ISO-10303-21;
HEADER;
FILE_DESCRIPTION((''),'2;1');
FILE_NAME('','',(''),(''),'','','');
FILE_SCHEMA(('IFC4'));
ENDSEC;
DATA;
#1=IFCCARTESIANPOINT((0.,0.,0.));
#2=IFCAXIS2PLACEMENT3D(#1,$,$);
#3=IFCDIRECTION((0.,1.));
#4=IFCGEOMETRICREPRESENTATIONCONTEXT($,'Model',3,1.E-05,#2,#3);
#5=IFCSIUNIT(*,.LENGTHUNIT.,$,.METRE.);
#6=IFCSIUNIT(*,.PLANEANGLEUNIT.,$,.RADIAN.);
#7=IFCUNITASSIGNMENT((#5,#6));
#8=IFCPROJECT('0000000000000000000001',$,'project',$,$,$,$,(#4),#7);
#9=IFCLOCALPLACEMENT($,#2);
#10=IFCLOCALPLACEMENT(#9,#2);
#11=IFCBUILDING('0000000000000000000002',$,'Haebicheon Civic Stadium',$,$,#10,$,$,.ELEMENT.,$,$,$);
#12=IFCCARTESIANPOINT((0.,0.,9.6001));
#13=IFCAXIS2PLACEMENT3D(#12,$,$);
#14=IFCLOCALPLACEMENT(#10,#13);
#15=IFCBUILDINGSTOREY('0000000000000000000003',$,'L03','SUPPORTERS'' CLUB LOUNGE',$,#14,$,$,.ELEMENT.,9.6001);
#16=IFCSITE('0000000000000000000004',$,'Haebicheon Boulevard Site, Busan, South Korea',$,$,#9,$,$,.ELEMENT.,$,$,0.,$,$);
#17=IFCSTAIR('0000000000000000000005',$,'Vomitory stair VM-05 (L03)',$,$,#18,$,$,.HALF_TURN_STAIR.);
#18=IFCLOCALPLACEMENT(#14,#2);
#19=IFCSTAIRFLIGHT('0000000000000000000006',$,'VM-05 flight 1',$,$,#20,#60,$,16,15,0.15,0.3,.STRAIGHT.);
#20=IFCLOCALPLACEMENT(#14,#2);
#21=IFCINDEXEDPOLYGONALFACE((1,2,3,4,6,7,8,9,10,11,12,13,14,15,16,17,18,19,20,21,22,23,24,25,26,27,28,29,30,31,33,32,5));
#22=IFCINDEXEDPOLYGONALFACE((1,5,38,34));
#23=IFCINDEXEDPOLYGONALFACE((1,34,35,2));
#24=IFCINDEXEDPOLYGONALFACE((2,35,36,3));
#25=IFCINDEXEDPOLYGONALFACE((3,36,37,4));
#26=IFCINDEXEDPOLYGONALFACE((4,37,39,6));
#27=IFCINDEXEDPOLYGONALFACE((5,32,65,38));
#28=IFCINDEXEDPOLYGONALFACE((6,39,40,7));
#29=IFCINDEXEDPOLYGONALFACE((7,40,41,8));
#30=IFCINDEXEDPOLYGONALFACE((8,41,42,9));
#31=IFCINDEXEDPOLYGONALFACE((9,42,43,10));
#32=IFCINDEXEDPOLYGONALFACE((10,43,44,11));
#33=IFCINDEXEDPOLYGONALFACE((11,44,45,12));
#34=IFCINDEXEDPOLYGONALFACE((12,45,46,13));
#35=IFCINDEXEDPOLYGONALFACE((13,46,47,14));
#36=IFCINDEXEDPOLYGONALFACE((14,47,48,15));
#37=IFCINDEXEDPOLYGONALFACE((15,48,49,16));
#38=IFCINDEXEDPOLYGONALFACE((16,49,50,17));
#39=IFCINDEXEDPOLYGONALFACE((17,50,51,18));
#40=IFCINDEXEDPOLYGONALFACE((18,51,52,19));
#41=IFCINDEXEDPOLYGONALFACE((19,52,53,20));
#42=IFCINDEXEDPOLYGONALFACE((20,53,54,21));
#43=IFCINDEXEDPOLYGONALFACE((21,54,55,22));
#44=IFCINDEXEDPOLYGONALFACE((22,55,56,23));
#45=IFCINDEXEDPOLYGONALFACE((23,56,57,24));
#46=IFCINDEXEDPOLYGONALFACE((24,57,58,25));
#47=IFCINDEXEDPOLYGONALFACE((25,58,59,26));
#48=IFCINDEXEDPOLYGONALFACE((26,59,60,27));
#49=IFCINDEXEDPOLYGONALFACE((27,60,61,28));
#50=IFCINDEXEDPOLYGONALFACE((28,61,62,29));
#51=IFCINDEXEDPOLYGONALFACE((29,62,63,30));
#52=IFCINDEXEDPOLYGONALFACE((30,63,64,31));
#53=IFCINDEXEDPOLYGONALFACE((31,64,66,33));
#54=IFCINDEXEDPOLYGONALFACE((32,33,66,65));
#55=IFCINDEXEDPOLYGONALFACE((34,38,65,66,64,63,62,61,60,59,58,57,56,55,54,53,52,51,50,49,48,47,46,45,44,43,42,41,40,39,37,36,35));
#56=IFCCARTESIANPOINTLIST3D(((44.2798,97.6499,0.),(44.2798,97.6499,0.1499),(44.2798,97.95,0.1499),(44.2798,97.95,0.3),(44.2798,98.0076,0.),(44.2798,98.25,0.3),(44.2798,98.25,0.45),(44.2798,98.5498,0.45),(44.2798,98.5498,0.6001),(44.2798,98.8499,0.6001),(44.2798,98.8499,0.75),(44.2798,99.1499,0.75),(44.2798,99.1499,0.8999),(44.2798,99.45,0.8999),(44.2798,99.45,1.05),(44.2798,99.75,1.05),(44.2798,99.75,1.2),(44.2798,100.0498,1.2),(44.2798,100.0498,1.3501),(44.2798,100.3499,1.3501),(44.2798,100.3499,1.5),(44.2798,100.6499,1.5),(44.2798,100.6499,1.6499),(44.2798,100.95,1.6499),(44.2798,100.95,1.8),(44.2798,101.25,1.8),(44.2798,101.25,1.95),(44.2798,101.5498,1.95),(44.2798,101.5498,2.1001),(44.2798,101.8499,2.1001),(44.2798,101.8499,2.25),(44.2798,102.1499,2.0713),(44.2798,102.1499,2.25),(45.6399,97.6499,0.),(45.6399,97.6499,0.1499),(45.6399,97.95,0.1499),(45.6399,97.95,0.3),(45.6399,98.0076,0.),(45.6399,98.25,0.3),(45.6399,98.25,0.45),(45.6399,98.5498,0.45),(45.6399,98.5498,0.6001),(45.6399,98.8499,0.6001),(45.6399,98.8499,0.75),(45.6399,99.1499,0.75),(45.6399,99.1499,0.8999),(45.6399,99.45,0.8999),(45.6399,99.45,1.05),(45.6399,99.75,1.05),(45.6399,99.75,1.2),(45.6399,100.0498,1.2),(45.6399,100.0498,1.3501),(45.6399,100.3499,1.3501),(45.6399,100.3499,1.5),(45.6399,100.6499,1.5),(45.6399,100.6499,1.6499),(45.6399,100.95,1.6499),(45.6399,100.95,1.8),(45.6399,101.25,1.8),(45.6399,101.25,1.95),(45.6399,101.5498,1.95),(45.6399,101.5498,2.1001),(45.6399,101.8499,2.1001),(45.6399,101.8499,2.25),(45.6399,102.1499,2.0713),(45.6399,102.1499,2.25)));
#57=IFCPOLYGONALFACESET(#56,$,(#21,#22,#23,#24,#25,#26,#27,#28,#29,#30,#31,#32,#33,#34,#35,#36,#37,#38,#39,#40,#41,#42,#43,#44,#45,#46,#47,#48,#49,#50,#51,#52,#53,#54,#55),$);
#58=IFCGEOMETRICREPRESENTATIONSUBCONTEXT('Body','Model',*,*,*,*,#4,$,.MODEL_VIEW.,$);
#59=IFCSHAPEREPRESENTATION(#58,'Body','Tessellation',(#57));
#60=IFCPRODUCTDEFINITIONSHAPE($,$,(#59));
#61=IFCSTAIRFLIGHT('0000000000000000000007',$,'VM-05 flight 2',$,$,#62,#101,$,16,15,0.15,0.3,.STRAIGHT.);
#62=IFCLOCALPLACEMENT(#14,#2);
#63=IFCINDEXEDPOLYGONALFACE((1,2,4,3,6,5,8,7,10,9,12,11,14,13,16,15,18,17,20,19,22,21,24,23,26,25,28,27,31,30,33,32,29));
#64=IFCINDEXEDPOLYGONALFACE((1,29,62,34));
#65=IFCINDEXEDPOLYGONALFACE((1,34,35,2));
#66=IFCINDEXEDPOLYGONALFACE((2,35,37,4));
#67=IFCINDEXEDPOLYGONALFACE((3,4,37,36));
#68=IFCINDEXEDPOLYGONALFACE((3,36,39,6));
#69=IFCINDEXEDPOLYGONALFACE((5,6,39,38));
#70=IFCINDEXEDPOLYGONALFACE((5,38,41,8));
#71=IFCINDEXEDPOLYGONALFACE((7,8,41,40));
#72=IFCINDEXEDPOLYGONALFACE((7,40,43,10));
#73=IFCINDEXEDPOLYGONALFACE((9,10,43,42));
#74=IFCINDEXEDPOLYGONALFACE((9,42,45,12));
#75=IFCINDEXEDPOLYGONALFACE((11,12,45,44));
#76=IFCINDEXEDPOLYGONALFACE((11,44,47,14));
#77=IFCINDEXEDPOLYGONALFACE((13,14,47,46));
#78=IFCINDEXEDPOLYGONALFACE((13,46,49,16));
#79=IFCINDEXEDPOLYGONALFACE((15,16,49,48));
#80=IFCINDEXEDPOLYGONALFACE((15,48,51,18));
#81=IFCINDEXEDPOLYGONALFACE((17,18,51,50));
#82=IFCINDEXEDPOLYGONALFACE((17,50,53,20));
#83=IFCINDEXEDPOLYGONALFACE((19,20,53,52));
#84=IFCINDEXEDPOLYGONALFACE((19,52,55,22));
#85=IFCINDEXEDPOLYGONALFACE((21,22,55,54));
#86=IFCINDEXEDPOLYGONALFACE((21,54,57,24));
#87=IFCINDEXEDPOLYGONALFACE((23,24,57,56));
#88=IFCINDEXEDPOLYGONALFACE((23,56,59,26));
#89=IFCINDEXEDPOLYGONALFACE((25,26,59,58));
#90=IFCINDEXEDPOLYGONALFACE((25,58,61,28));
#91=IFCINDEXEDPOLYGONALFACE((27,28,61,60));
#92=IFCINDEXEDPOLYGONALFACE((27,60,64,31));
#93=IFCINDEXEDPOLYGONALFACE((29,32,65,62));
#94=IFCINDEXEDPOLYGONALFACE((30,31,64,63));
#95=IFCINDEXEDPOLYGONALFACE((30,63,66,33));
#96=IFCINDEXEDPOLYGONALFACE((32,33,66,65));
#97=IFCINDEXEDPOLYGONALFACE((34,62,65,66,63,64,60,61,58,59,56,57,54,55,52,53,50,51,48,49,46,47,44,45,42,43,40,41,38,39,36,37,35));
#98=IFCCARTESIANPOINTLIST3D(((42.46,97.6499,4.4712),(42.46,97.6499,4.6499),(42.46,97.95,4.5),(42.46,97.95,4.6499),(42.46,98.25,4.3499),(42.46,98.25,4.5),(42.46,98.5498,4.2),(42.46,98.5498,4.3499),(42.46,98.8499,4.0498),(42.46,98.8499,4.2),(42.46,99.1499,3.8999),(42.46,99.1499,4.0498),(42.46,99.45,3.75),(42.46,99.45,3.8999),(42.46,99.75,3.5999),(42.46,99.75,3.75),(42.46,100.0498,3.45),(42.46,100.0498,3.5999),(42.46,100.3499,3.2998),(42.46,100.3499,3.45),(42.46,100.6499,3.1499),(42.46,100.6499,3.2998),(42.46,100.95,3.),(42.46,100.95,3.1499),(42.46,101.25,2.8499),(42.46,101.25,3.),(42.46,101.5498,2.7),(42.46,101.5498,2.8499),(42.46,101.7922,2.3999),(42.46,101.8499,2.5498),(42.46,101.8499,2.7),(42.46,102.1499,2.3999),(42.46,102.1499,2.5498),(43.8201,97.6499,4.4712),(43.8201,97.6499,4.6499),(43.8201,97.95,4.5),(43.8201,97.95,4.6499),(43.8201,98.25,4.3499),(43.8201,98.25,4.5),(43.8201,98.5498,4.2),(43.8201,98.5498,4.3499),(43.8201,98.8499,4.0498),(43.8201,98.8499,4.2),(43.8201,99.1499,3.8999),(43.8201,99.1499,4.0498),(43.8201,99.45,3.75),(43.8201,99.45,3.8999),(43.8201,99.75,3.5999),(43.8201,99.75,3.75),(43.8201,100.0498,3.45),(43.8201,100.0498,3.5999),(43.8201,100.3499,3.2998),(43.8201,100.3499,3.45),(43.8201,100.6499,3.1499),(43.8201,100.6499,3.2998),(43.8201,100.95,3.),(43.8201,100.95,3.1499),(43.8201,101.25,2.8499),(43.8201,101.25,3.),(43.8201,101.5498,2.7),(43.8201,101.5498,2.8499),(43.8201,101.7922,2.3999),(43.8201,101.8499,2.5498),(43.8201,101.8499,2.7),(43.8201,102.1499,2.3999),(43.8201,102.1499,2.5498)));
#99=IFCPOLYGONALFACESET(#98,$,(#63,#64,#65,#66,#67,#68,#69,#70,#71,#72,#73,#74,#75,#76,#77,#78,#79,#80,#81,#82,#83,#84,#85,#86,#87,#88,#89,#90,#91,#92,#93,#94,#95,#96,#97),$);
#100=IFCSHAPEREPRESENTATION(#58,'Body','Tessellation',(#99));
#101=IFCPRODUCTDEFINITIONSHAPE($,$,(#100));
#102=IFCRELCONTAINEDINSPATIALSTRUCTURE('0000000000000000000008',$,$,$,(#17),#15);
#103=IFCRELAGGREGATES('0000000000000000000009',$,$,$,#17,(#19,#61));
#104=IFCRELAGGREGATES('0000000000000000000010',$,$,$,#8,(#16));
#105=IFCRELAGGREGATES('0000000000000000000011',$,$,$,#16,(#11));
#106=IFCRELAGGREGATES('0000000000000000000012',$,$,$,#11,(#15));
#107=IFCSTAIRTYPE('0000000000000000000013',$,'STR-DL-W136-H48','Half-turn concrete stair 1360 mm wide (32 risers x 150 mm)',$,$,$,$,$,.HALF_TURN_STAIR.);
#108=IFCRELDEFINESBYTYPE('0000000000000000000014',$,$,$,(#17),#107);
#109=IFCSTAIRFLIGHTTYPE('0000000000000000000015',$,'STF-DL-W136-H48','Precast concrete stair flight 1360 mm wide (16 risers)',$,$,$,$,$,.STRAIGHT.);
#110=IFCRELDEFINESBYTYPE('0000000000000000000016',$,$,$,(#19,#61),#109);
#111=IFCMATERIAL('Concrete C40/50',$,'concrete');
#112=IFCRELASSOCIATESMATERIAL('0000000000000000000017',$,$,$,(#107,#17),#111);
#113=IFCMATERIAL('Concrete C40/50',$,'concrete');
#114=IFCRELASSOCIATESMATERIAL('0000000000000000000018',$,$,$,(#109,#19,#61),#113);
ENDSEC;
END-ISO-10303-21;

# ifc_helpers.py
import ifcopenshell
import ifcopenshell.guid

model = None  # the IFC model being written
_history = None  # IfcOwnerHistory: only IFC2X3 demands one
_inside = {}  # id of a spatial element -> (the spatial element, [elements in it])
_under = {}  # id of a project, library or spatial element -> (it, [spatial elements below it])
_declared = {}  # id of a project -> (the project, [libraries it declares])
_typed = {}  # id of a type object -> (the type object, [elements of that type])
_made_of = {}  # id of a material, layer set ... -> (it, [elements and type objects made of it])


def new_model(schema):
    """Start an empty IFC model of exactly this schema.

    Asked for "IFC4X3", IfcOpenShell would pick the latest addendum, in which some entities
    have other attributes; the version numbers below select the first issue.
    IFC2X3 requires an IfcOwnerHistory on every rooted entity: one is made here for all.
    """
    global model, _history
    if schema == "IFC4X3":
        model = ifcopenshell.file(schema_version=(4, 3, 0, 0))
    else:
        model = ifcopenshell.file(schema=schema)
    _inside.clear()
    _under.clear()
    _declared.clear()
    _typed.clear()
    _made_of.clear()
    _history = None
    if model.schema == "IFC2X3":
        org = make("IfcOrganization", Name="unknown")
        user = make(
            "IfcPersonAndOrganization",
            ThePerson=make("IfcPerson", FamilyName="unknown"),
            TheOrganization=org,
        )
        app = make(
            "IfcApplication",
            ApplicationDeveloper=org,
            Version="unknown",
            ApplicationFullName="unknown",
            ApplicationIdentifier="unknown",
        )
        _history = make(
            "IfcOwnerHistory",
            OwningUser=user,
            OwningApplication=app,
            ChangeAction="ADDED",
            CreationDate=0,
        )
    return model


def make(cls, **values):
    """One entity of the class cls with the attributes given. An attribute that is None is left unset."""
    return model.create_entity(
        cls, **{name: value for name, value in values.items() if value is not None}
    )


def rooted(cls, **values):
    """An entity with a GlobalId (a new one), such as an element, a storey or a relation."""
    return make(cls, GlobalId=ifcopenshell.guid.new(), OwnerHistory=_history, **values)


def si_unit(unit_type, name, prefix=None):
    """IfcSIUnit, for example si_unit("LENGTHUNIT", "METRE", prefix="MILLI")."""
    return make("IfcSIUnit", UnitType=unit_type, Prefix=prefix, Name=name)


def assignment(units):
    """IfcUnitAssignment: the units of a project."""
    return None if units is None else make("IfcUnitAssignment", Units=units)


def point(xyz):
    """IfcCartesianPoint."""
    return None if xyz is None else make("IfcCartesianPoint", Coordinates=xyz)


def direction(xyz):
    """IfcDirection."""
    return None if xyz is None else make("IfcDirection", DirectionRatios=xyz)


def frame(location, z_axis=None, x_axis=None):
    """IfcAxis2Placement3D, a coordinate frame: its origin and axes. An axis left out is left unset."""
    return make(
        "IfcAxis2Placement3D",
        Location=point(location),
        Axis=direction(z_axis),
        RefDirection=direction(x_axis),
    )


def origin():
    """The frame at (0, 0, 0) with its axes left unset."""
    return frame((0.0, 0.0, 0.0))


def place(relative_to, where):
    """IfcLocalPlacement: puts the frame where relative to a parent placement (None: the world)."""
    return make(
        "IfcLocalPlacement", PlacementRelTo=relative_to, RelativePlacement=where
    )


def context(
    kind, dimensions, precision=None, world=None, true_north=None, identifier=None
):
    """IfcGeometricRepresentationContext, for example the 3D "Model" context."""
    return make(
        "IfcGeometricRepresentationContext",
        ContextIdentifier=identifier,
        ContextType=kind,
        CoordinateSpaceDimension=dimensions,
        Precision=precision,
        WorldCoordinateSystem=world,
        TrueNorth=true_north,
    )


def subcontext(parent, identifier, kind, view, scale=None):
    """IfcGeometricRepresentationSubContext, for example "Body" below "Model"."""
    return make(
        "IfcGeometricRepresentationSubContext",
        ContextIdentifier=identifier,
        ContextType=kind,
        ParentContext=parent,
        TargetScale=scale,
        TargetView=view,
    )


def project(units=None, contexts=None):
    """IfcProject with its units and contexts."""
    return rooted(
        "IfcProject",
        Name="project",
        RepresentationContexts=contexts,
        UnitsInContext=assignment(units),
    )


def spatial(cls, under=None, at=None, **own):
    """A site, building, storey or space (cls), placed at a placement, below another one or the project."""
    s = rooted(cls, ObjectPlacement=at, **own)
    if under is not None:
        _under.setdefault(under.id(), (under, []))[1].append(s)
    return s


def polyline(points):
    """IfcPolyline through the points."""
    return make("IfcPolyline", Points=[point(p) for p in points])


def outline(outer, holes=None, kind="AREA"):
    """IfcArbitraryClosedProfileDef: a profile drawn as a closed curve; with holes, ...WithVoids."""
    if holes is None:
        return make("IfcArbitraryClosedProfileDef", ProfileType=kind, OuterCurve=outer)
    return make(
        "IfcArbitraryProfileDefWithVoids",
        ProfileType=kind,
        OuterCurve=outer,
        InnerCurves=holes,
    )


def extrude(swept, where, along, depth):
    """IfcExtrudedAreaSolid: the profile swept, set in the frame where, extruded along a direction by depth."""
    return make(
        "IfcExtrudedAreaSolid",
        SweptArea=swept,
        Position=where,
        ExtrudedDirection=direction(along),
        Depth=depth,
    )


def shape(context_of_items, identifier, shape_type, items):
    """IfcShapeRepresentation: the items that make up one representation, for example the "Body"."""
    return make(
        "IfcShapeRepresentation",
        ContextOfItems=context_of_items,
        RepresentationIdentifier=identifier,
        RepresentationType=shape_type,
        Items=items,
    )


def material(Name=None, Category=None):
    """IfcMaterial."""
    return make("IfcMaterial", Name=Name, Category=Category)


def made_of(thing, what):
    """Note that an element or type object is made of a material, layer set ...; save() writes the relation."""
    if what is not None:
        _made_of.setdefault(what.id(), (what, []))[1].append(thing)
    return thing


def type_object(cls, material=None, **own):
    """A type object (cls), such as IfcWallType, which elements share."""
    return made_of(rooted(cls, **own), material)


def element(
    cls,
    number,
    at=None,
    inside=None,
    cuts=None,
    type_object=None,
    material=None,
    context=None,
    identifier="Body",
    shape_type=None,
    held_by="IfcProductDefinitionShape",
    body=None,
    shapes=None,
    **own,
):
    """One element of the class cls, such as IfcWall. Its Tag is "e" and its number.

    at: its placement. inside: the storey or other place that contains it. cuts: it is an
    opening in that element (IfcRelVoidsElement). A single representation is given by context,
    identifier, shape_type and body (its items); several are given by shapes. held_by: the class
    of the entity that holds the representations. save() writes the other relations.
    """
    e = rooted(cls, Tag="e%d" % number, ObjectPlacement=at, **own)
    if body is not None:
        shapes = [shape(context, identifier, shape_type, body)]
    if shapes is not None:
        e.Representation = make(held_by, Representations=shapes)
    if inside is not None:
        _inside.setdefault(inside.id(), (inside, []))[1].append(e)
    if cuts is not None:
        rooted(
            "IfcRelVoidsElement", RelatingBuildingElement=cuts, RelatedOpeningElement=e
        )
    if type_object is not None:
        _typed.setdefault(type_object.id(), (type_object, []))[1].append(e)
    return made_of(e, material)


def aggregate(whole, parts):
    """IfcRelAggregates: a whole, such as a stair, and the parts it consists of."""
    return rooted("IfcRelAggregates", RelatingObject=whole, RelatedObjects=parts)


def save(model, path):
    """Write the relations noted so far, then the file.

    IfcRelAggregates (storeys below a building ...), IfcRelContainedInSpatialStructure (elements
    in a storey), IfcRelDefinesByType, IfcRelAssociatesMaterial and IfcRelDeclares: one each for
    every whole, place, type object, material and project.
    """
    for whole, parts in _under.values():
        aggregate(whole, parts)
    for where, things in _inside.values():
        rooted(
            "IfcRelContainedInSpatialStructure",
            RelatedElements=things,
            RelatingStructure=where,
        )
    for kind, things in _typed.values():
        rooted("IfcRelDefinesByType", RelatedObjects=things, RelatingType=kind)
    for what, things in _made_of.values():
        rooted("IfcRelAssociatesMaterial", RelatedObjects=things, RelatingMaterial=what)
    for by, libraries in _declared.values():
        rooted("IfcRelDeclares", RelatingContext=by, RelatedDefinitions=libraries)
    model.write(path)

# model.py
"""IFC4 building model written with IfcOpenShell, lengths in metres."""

from ifc_helpers import new_model, si_unit, direction, frame, origin, place, context, subcontext, project, spatial, polyline, outline, extrude, material, type_object, element, aggregate, save


model = new_model("IFC4")

# Units and contexts
model_context = context("Model", 3, precision=1e-05, world=origin(), true_north=direction((0.0, 1.0)))
body_context = subcontext(model_context, "Body", "Model", "MODEL_VIEW")
ifc_project = project(units=[si_unit("LENGTHUNIT", "METRE"), si_unit("PLANEANGLEUNIT", "RADIAN")], contexts=[model_context])

# Site, building, storey
site_placement = place(None, origin())
site = spatial("IfcSite", under=ifc_project, at=site_placement, Name="Haebicheon Boulevard Site, Busan, South Korea", CompositionType="ELEMENT", RefElevation=0.0)
building_placement = place(site_placement, origin())
building = spatial("IfcBuilding", under=site, at=building_placement, Name="Haebicheon Civic Stadium", CompositionType="ELEMENT")
storey_placement = place(building_placement, frame((0.0, 0.0, 9.6001)))
storey = spatial("IfcBuildingStorey", under=building, at=storey_placement, Name="L03", Description="SUPPORTERS' CLUB LOUNGE", CompositionType="ELEMENT", Elevation=9.6001)

# Stair, stair flights
ifc_material_1 = material(Name="Concrete C40/50", Category="concrete")
stair_type = type_object("IfcStairType", Name="STR-DL-W136-H48", Description="Half-turn concrete stair 1360 mm wide (32 risers x 150 mm)", PredefinedType="HALF_TURN_STAIR", material=ifc_material_1)
stair_placement = place(storey_placement, origin())
stair = element("IfcStair", 1, at=stair_placement, inside=storey, type_object=stair_type, material=ifc_material_1, Name="Vomitory stair VM-05 (L03)", PredefinedType="HALF_TURN_STAIR")
ifc_material_2 = material(Name="Concrete C40/50", Category="concrete")
stair_flight_type = type_object("IfcStairFlightType", Name="STF-DL-W136-H48", Description="Precast concrete stair flight 1360 mm wide (16 risers)", PredefinedType="STRAIGHT", material=ifc_material_2)
stair_flight_1_placement = place(storey_placement, frame((44.96, 97.6499, 0.0), z_axis=(0.0, 0.0, 1.0), x_axis=(0.0, 1.0, 0.0)))
stair_flight_1 = element("IfcStairFlight", 2, at=stair_flight_1_placement, type_object=stair_flight_type, material=ifc_material_2, Name="VM-05 flight 1", NumberOfRisers=16, NumberOfTreads=15, PredefinedType="STRAIGHT", RiserHeight=0.15, TreadLength=0.3, context=body_context, shape_type="SweptSolid", body=[
    extrude(outline(polyline([(0.0, 0.0), (0.0, 0.1499), (0.3, 0.1499), (0.3, 0.3), (0.6001, 0.3), (0.6001, 0.45), (0.8999, 0.45), (0.8999, 0.6001), (1.2, 0.6001), (1.2, 0.75), (1.5, 0.75), (1.5, 0.8999), (1.8, 0.8999), (1.8, 1.05), (2.1001, 1.05), (2.1001, 1.2), (2.3999, 1.2), (2.3999, 1.3501), (2.7, 1.3501), (2.7, 1.5), (3.0, 1.5), (3.0, 1.6499), (3.3, 1.6499), (3.3, 1.8), (3.6001, 1.8), (3.6001, 1.95), (3.8999, 1.95), (3.8999, 2.1001), (4.2, 2.1001), (4.2, 2.25), (4.5, 2.25), (4.5, 2.3999), (4.5, 2.0713), (0.3577, 0.0), (0.0, 0.0)])), frame((0.0, 0.6802, 0.0), z_axis=(0.0, -1.0, 0.0), x_axis=(1.0, 0.0, 0.0)), (0.0, 0.0, 1.0), 1.3601),
])
stair_flight_2_placement = place(storey_placement, frame((43.1399, 102.1499, 2.3999), z_axis=(0.0, 0.0, 1.0), x_axis=(0.0, -1.0, 0.0)))
stair_flight_2 = element("IfcStairFlight", 3, at=stair_flight_2_placement, type_object=stair_flight_type, material=ifc_material_2, Name="VM-05 flight 2", NumberOfRisers=16, NumberOfTreads=15, PredefinedType="STRAIGHT", RiserHeight=0.15, TreadLength=0.3, context=body_context, shape_type="SweptSolid", body=[
    extrude(outline(polyline([(0.0, 0.0), (0.0, 0.1499), (0.3, 0.1499), (0.3, 0.3), (0.6001, 0.3), (0.6001, 0.45), (0.8999, 0.45), (0.8999, 0.6001), (1.2, 0.6001), (1.2, 0.75), (1.5, 0.75), (1.5, 0.8999), (1.8, 0.8999), (1.8, 1.05), (2.1001, 1.05), (2.1001, 1.2), (2.3999, 1.2), (2.3999, 1.3501), (2.7, 1.3501), (2.7, 1.5), (3.0, 1.5), (3.0, 1.6499), (3.3, 1.6499), (3.3, 1.8), (3.6001, 1.8), (3.6001, 1.95), (3.8999, 1.95), (3.8999, 2.1001), (4.2, 2.1001), (4.2, 2.25), (4.5, 2.25), (4.5, 2.3999), (4.5, 2.0713), (0.3577, 0.0), (0.0, 0.0)])), frame((0.0, 0.6802, 0.0), z_axis=(0.0, -1.0, 0.0), x_axis=(1.0, 0.0, 0.0)), (0.0, 0.0, 1.0), 1.3601),
])
aggregate(stair, [stair_flight_1, stair_flight_2])

save(model, "model.ifc")
